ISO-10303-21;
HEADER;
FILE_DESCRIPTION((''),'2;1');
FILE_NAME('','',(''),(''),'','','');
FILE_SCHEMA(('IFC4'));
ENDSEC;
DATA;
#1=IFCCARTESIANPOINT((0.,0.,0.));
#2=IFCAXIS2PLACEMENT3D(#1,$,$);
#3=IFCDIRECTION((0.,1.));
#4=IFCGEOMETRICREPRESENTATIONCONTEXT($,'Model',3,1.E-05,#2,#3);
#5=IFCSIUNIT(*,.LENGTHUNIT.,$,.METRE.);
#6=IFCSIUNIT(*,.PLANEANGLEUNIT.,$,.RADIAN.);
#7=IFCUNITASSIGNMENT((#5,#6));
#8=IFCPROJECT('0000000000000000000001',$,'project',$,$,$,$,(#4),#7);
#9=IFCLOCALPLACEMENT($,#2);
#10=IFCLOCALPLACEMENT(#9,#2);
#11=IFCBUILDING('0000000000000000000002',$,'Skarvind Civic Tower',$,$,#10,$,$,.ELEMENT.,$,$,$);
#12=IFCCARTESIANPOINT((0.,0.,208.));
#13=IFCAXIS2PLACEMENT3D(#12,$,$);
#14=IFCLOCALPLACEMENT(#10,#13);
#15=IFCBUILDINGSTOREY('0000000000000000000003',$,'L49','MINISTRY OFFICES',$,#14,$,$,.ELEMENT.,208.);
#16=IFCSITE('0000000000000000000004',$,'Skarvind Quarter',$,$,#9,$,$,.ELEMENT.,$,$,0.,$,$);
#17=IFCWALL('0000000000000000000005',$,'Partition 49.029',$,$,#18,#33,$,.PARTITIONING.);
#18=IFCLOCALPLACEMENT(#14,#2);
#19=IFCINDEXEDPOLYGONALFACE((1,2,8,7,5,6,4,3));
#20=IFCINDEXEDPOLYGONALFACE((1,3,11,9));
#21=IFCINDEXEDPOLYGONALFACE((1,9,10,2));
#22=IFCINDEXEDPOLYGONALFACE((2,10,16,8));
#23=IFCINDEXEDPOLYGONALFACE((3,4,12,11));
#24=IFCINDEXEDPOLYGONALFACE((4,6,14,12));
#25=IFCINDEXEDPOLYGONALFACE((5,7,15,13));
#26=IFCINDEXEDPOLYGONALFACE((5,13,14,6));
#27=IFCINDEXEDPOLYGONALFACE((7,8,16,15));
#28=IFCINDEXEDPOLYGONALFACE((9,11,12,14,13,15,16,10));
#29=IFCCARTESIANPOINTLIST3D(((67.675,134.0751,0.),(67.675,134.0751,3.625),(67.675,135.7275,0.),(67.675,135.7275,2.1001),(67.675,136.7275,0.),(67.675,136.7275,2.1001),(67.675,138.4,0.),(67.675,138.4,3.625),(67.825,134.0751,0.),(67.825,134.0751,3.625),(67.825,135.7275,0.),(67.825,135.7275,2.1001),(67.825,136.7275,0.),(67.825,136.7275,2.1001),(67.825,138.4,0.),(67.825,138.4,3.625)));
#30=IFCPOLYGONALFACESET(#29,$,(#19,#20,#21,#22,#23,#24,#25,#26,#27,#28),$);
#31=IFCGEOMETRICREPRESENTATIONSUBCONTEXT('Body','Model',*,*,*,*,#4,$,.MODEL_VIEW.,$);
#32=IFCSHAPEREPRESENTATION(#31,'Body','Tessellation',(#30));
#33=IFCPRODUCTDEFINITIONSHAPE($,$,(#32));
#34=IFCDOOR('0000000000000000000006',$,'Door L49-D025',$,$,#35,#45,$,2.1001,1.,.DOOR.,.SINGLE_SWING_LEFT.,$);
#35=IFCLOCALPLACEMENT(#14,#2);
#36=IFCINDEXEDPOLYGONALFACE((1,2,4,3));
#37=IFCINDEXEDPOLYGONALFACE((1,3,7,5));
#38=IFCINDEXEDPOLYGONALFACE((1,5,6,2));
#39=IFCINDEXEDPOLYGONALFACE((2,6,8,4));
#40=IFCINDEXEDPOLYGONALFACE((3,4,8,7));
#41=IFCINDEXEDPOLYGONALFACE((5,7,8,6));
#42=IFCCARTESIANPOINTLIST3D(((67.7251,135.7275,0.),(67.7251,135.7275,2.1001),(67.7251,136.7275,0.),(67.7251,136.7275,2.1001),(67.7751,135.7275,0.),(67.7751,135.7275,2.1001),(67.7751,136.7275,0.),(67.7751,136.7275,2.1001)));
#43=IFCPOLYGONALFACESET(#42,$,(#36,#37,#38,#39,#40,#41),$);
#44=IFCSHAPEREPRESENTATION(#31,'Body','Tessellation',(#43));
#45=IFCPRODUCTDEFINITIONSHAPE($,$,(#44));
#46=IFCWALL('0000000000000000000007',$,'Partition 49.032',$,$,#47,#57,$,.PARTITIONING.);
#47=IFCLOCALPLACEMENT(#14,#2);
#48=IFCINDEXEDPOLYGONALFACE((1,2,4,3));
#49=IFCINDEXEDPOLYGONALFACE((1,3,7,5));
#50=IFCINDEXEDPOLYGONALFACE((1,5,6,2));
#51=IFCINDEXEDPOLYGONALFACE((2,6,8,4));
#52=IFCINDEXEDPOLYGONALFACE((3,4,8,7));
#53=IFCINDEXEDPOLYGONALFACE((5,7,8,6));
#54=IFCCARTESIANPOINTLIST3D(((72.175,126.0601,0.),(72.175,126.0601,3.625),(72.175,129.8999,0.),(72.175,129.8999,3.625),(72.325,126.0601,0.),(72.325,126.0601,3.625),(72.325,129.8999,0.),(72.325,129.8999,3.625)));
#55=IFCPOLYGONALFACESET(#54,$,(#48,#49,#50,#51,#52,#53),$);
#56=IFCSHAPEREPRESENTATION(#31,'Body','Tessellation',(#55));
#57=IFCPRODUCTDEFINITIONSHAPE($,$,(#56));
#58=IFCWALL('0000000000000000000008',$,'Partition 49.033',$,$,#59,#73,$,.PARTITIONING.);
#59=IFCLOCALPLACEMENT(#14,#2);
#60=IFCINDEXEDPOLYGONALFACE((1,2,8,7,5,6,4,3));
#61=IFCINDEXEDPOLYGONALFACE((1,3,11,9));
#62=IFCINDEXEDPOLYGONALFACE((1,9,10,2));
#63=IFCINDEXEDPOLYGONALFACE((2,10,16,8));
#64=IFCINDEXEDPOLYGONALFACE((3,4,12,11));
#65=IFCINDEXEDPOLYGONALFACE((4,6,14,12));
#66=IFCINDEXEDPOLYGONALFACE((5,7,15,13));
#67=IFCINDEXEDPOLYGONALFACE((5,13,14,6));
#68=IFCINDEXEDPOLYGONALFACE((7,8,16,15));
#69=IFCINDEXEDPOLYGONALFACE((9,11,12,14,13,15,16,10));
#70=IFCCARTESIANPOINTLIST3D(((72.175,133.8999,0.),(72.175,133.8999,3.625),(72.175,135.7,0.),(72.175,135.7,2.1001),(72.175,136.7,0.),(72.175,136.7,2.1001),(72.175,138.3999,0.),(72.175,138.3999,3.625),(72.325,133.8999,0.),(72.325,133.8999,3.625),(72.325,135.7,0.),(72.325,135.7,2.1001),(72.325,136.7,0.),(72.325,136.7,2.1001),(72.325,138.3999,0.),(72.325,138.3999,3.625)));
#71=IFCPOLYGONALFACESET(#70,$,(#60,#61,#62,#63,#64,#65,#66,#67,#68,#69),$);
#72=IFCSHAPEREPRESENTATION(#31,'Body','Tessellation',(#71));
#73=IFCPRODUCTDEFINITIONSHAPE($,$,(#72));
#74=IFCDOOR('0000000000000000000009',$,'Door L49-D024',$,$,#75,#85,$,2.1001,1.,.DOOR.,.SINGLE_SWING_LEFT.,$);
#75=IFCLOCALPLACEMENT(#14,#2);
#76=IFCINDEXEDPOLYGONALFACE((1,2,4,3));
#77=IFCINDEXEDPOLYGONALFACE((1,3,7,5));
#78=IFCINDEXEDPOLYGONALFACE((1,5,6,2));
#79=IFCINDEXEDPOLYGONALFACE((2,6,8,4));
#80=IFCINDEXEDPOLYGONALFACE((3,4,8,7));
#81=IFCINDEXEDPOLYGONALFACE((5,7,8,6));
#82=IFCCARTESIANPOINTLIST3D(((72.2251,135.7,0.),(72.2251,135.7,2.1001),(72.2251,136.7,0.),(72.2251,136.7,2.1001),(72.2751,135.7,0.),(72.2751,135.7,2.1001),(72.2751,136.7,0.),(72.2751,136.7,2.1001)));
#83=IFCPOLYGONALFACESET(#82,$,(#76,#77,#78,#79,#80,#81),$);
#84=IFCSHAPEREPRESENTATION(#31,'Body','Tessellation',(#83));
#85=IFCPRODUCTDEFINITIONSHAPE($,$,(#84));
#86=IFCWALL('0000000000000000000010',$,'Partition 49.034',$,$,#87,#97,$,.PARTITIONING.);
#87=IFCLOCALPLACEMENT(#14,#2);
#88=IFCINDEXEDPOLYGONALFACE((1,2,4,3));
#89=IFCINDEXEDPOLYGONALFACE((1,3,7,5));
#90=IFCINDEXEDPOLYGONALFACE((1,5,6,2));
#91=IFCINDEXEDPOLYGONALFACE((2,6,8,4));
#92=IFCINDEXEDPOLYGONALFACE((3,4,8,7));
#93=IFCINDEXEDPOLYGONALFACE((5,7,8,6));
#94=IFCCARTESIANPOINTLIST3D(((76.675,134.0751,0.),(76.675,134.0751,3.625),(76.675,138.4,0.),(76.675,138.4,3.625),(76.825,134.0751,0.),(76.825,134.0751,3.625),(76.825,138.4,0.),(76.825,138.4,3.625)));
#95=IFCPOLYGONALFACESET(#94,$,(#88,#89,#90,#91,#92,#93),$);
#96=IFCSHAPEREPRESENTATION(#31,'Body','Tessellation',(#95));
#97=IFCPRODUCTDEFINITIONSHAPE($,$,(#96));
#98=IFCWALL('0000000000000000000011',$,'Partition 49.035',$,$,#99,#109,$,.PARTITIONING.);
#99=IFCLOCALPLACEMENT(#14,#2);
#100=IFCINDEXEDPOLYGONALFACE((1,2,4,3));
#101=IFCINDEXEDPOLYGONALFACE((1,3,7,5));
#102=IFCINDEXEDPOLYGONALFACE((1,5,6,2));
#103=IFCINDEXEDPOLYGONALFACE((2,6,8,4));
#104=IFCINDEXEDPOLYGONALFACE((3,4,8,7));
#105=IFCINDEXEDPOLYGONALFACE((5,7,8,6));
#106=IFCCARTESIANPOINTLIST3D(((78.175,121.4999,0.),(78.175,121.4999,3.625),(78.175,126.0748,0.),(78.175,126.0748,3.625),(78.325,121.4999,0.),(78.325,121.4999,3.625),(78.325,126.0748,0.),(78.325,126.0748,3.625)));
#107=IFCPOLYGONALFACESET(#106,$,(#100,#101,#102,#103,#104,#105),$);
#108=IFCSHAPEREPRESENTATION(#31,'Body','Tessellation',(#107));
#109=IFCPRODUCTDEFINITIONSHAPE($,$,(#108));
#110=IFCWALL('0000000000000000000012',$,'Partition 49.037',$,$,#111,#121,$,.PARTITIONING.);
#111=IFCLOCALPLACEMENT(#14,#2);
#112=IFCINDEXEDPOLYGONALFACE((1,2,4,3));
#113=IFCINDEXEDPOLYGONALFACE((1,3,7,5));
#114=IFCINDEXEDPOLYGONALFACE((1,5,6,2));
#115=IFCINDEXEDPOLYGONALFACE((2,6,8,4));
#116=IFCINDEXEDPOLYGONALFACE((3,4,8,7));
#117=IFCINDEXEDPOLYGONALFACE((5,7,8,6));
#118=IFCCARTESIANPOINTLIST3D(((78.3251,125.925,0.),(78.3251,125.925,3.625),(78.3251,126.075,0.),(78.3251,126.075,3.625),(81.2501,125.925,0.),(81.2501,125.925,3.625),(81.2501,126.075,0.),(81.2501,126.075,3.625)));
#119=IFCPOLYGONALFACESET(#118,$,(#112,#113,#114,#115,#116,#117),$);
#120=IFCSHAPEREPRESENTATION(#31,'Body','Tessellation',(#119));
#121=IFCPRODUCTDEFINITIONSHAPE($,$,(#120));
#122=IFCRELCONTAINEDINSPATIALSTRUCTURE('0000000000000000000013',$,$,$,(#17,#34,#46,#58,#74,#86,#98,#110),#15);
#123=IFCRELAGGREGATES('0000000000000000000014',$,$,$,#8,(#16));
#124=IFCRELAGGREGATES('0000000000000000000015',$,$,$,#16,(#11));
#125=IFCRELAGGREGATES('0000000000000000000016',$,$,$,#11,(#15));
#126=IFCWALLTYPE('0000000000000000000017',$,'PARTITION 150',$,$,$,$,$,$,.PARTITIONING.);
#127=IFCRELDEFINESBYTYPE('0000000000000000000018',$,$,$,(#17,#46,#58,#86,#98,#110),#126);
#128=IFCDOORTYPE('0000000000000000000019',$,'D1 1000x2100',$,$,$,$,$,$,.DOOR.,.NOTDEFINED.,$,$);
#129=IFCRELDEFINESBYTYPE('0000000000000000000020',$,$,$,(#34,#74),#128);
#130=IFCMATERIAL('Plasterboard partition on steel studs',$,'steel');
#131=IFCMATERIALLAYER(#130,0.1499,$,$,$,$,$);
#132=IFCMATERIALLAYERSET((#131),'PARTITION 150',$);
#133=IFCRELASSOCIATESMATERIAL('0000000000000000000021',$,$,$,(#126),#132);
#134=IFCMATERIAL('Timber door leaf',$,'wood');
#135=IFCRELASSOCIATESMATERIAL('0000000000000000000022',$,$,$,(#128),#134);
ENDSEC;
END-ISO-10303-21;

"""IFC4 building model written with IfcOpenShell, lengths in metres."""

from ifc_helpers import new_model, si_unit, direction, frame, frame_2d, origin, place, context, subcontext, project, spatial, rectangle, extrude, material, layer, layer_set, type_object, element, fill, save


model = new_model("IFC4")

# Units and contexts
model_context = context("Model", 3, precision=1e-05, world=origin(), true_north=direction((0.0, 1.0)))
body_context = subcontext(model_context, "Body", "Model", "MODEL_VIEW")
ifc_project = project(units=[si_unit("LENGTHUNIT", "METRE"), si_unit("PLANEANGLEUNIT", "RADIAN")], contexts=[model_context])

# Site, building, storey
site_placement = place(None, origin())
site = spatial("IfcSite", under=ifc_project, at=site_placement, Name="Skarvind Quarter", CompositionType="ELEMENT", RefElevation=0.0)
building_placement = place(site_placement, origin())
building = spatial("IfcBuilding", under=site, at=building_placement, Name="Skarvind Civic Tower", CompositionType="ELEMENT")
storey_placement = place(building_placement, frame((0.0, 0.0, 208.0)))
storey = spatial("IfcBuildingStorey", under=building, at=storey_placement, Name="L49", Description="MINISTRY OFFICES", CompositionType="ELEMENT", Elevation=208.0)

# Shared definitions
ifc_material_1 = material(Name="Plasterboard partition on steel studs", Category="steel")
ifc_layer_1 = layer(ifc_material_1, 0.1499)
ifc_layer_set_1 = layer_set([ifc_layer_1], Name="PARTITION 150")
wall_type_1 = type_object("IfcWallType", Name="PARTITION 150", PredefinedType="PARTITIONING", material=ifc_layer_set_1)

# Wall, opening, door
wall_1_placement = place(storey_placement, frame((67.75, 134.075, 0.0), z_axis=(0.0, 0.0, 1.0), x_axis=(0.0, 1.0, 0.0)))
wall_1 = element("IfcWall", 1, at=wall_1_placement, inside=storey, type_object=wall_type_1, Name="Partition 49.029", PredefinedType="PARTITIONING", context=body_context, shape_type="SweptSolid", body=[
    extrude(rectangle(XDim=4.325, YDim=0.1499, at=frame_2d((2.1626, 0.0))), origin(), (0.0, 0.0, 1.0), 3.625),
])
opening_1_placement = place(wall_1_placement, frame((1.6526, 0.0, 0.0)))
opening_1 = element("IfcOpeningElement", 2, at=opening_1_placement, cuts=wall_1, PredefinedType="OPENING", context=body_context, shape_type="SweptSolid", body=[
    extrude(rectangle(XDim=1.0, YDim=2.1001, at=frame_2d((0.5, 1.05))), frame((0.0, 0.085, 0.0), z_axis=(0.0, -1.0, 0.0), x_axis=(1.0, 0.0, 0.0)), (0.0, 0.0, 1.0), 0.1699),
])
ifc_material_2 = material(Name="Timber door leaf", Category="wood")
door_type_1 = type_object("IfcDoorType", Name="D1 1000x2100", OperationType="NOTDEFINED", PredefinedType="DOOR", material=ifc_material_2)
door_1_placement = place(opening_1_placement, origin())
door_1 = element("IfcDoor", 3, at=door_1_placement, inside=storey, type_object=door_type_1, Name="Door L49-D025", OperationType="SINGLE_SWING_LEFT", OverallHeight=2.1001, OverallWidth=1.0, PredefinedType="DOOR", context=body_context, shape_type="SweptSolid", body=[
    extrude(rectangle(XDim=1.0, YDim=2.1001, at=frame_2d((0.5, 1.05))), frame((0.0, 0.0249, 0.0), z_axis=(0.0, -1.0, 0.0), x_axis=(1.0, 0.0, 0.0)), (0.0, 0.0, 1.0), 0.05),
])
fill(opening_1, door_1)

# Wall
wall_2_placement = place(storey_placement, frame((72.25, 126.0601, 0.0), z_axis=(0.0, 0.0, 1.0), x_axis=(0.0, 1.0, 0.0)))
element("IfcWall", 4, at=wall_2_placement, inside=storey, type_object=wall_type_1, Name="Partition 49.032", PredefinedType="PARTITIONING", context=body_context, shape_type="SweptSolid", body=[
    extrude(rectangle(XDim=3.8398, YDim=0.1499, at=frame_2d((1.9199, 0.0))), origin(), (0.0, 0.0, 1.0), 3.625),
])

# Wall, opening, door
wall_3_placement = place(storey_placement, frame((72.25, 133.8999, 0.0), z_axis=(0.0, 0.0, 1.0), x_axis=(0.0, 1.0, 0.0)))
wall_3 = element("IfcWall", 5, at=wall_3_placement, inside=storey, type_object=wall_type_1, Name="Partition 49.033", PredefinedType="PARTITIONING", context=body_context, shape_type="SweptSolid", body=[
    extrude(rectangle(XDim=4.5, YDim=0.1499, at=frame_2d((2.25, 0.0))), origin(), (0.0, 0.0, 1.0), 3.625),
])
opening_2_placement = place(wall_3_placement, frame((1.8, 0.0, 0.0)))
opening_2 = element("IfcOpeningElement", 6, at=opening_2_placement, cuts=wall_3, PredefinedType="OPENING", context=body_context, shape_type="SweptSolid", body=[
    extrude(rectangle(XDim=1.0, YDim=2.1001, at=frame_2d((0.5, 1.05))), frame((0.0, 0.085, 0.0), z_axis=(0.0, -1.0, 0.0), x_axis=(1.0, 0.0, 0.0)), (0.0, 0.0, 1.0), 0.1699),
])
door_2_placement = place(opening_2_placement, origin())
door_2 = element("IfcDoor", 7, at=door_2_placement, inside=storey, type_object=door_type_1, Name="Door L49-D024", OperationType="SINGLE_SWING_LEFT", OverallHeight=2.1001, OverallWidth=1.0, PredefinedType="DOOR", context=body_context, shape_type="SweptSolid", body=[
    extrude(rectangle(XDim=1.0, YDim=2.1001, at=frame_2d((0.5, 1.05))), frame((0.0, 0.0249, 0.0), z_axis=(0.0, -1.0, 0.0), x_axis=(1.0, 0.0, 0.0)), (0.0, 0.0, 1.0), 0.05),
])
fill(opening_2, door_2)

# Walls
wall_4_placement = place(storey_placement, frame((76.75, 134.075, 0.0), z_axis=(0.0, 0.0, 1.0), x_axis=(0.0, 1.0, 0.0)))
element("IfcWall", 8, at=wall_4_placement, inside=storey, type_object=wall_type_1, Name="Partition 49.034", PredefinedType="PARTITIONING", context=body_context, shape_type="SweptSolid", body=[
    extrude(rectangle(XDim=4.325, YDim=0.1499, at=frame_2d((2.1626, 0.0))), origin(), (0.0, 0.0, 1.0), 3.625),
])
wall_5_placement = place(storey_placement, frame((78.25, 126.075, 0.0), z_axis=(0.0, 0.0, 1.0), x_axis=(0.0, -1.0, 0.0)))
element("IfcWall", 9, at=wall_5_placement, inside=storey, type_object=wall_type_1, Name="Partition 49.035", PredefinedType="PARTITIONING", context=body_context, shape_type="SweptSolid", body=[
    extrude(rectangle(XDim=4.575, YDim=0.1499, at=frame_2d((2.2876, 0.0))), origin(), (0.0, 0.0, 1.0), 3.625),
])
wall_6_placement = place(storey_placement, frame((81.25, 126.0, 0.0), z_axis=(0.0, 0.0, 1.0), x_axis=(-1.0, 0.0, 0.0)))
element("IfcWall", 10, at=wall_6_placement, inside=storey, type_object=wall_type_1, Name="Partition 49.037", PredefinedType="PARTITIONING", context=body_context, shape_type="SweptSolid", body=[
    extrude(rectangle(XDim=2.925, YDim=0.1499, at=frame_2d((1.4624, 0.0))), origin(), (0.0, 0.0, 1.0), 3.625),
])

save(model, "model.ifc")
